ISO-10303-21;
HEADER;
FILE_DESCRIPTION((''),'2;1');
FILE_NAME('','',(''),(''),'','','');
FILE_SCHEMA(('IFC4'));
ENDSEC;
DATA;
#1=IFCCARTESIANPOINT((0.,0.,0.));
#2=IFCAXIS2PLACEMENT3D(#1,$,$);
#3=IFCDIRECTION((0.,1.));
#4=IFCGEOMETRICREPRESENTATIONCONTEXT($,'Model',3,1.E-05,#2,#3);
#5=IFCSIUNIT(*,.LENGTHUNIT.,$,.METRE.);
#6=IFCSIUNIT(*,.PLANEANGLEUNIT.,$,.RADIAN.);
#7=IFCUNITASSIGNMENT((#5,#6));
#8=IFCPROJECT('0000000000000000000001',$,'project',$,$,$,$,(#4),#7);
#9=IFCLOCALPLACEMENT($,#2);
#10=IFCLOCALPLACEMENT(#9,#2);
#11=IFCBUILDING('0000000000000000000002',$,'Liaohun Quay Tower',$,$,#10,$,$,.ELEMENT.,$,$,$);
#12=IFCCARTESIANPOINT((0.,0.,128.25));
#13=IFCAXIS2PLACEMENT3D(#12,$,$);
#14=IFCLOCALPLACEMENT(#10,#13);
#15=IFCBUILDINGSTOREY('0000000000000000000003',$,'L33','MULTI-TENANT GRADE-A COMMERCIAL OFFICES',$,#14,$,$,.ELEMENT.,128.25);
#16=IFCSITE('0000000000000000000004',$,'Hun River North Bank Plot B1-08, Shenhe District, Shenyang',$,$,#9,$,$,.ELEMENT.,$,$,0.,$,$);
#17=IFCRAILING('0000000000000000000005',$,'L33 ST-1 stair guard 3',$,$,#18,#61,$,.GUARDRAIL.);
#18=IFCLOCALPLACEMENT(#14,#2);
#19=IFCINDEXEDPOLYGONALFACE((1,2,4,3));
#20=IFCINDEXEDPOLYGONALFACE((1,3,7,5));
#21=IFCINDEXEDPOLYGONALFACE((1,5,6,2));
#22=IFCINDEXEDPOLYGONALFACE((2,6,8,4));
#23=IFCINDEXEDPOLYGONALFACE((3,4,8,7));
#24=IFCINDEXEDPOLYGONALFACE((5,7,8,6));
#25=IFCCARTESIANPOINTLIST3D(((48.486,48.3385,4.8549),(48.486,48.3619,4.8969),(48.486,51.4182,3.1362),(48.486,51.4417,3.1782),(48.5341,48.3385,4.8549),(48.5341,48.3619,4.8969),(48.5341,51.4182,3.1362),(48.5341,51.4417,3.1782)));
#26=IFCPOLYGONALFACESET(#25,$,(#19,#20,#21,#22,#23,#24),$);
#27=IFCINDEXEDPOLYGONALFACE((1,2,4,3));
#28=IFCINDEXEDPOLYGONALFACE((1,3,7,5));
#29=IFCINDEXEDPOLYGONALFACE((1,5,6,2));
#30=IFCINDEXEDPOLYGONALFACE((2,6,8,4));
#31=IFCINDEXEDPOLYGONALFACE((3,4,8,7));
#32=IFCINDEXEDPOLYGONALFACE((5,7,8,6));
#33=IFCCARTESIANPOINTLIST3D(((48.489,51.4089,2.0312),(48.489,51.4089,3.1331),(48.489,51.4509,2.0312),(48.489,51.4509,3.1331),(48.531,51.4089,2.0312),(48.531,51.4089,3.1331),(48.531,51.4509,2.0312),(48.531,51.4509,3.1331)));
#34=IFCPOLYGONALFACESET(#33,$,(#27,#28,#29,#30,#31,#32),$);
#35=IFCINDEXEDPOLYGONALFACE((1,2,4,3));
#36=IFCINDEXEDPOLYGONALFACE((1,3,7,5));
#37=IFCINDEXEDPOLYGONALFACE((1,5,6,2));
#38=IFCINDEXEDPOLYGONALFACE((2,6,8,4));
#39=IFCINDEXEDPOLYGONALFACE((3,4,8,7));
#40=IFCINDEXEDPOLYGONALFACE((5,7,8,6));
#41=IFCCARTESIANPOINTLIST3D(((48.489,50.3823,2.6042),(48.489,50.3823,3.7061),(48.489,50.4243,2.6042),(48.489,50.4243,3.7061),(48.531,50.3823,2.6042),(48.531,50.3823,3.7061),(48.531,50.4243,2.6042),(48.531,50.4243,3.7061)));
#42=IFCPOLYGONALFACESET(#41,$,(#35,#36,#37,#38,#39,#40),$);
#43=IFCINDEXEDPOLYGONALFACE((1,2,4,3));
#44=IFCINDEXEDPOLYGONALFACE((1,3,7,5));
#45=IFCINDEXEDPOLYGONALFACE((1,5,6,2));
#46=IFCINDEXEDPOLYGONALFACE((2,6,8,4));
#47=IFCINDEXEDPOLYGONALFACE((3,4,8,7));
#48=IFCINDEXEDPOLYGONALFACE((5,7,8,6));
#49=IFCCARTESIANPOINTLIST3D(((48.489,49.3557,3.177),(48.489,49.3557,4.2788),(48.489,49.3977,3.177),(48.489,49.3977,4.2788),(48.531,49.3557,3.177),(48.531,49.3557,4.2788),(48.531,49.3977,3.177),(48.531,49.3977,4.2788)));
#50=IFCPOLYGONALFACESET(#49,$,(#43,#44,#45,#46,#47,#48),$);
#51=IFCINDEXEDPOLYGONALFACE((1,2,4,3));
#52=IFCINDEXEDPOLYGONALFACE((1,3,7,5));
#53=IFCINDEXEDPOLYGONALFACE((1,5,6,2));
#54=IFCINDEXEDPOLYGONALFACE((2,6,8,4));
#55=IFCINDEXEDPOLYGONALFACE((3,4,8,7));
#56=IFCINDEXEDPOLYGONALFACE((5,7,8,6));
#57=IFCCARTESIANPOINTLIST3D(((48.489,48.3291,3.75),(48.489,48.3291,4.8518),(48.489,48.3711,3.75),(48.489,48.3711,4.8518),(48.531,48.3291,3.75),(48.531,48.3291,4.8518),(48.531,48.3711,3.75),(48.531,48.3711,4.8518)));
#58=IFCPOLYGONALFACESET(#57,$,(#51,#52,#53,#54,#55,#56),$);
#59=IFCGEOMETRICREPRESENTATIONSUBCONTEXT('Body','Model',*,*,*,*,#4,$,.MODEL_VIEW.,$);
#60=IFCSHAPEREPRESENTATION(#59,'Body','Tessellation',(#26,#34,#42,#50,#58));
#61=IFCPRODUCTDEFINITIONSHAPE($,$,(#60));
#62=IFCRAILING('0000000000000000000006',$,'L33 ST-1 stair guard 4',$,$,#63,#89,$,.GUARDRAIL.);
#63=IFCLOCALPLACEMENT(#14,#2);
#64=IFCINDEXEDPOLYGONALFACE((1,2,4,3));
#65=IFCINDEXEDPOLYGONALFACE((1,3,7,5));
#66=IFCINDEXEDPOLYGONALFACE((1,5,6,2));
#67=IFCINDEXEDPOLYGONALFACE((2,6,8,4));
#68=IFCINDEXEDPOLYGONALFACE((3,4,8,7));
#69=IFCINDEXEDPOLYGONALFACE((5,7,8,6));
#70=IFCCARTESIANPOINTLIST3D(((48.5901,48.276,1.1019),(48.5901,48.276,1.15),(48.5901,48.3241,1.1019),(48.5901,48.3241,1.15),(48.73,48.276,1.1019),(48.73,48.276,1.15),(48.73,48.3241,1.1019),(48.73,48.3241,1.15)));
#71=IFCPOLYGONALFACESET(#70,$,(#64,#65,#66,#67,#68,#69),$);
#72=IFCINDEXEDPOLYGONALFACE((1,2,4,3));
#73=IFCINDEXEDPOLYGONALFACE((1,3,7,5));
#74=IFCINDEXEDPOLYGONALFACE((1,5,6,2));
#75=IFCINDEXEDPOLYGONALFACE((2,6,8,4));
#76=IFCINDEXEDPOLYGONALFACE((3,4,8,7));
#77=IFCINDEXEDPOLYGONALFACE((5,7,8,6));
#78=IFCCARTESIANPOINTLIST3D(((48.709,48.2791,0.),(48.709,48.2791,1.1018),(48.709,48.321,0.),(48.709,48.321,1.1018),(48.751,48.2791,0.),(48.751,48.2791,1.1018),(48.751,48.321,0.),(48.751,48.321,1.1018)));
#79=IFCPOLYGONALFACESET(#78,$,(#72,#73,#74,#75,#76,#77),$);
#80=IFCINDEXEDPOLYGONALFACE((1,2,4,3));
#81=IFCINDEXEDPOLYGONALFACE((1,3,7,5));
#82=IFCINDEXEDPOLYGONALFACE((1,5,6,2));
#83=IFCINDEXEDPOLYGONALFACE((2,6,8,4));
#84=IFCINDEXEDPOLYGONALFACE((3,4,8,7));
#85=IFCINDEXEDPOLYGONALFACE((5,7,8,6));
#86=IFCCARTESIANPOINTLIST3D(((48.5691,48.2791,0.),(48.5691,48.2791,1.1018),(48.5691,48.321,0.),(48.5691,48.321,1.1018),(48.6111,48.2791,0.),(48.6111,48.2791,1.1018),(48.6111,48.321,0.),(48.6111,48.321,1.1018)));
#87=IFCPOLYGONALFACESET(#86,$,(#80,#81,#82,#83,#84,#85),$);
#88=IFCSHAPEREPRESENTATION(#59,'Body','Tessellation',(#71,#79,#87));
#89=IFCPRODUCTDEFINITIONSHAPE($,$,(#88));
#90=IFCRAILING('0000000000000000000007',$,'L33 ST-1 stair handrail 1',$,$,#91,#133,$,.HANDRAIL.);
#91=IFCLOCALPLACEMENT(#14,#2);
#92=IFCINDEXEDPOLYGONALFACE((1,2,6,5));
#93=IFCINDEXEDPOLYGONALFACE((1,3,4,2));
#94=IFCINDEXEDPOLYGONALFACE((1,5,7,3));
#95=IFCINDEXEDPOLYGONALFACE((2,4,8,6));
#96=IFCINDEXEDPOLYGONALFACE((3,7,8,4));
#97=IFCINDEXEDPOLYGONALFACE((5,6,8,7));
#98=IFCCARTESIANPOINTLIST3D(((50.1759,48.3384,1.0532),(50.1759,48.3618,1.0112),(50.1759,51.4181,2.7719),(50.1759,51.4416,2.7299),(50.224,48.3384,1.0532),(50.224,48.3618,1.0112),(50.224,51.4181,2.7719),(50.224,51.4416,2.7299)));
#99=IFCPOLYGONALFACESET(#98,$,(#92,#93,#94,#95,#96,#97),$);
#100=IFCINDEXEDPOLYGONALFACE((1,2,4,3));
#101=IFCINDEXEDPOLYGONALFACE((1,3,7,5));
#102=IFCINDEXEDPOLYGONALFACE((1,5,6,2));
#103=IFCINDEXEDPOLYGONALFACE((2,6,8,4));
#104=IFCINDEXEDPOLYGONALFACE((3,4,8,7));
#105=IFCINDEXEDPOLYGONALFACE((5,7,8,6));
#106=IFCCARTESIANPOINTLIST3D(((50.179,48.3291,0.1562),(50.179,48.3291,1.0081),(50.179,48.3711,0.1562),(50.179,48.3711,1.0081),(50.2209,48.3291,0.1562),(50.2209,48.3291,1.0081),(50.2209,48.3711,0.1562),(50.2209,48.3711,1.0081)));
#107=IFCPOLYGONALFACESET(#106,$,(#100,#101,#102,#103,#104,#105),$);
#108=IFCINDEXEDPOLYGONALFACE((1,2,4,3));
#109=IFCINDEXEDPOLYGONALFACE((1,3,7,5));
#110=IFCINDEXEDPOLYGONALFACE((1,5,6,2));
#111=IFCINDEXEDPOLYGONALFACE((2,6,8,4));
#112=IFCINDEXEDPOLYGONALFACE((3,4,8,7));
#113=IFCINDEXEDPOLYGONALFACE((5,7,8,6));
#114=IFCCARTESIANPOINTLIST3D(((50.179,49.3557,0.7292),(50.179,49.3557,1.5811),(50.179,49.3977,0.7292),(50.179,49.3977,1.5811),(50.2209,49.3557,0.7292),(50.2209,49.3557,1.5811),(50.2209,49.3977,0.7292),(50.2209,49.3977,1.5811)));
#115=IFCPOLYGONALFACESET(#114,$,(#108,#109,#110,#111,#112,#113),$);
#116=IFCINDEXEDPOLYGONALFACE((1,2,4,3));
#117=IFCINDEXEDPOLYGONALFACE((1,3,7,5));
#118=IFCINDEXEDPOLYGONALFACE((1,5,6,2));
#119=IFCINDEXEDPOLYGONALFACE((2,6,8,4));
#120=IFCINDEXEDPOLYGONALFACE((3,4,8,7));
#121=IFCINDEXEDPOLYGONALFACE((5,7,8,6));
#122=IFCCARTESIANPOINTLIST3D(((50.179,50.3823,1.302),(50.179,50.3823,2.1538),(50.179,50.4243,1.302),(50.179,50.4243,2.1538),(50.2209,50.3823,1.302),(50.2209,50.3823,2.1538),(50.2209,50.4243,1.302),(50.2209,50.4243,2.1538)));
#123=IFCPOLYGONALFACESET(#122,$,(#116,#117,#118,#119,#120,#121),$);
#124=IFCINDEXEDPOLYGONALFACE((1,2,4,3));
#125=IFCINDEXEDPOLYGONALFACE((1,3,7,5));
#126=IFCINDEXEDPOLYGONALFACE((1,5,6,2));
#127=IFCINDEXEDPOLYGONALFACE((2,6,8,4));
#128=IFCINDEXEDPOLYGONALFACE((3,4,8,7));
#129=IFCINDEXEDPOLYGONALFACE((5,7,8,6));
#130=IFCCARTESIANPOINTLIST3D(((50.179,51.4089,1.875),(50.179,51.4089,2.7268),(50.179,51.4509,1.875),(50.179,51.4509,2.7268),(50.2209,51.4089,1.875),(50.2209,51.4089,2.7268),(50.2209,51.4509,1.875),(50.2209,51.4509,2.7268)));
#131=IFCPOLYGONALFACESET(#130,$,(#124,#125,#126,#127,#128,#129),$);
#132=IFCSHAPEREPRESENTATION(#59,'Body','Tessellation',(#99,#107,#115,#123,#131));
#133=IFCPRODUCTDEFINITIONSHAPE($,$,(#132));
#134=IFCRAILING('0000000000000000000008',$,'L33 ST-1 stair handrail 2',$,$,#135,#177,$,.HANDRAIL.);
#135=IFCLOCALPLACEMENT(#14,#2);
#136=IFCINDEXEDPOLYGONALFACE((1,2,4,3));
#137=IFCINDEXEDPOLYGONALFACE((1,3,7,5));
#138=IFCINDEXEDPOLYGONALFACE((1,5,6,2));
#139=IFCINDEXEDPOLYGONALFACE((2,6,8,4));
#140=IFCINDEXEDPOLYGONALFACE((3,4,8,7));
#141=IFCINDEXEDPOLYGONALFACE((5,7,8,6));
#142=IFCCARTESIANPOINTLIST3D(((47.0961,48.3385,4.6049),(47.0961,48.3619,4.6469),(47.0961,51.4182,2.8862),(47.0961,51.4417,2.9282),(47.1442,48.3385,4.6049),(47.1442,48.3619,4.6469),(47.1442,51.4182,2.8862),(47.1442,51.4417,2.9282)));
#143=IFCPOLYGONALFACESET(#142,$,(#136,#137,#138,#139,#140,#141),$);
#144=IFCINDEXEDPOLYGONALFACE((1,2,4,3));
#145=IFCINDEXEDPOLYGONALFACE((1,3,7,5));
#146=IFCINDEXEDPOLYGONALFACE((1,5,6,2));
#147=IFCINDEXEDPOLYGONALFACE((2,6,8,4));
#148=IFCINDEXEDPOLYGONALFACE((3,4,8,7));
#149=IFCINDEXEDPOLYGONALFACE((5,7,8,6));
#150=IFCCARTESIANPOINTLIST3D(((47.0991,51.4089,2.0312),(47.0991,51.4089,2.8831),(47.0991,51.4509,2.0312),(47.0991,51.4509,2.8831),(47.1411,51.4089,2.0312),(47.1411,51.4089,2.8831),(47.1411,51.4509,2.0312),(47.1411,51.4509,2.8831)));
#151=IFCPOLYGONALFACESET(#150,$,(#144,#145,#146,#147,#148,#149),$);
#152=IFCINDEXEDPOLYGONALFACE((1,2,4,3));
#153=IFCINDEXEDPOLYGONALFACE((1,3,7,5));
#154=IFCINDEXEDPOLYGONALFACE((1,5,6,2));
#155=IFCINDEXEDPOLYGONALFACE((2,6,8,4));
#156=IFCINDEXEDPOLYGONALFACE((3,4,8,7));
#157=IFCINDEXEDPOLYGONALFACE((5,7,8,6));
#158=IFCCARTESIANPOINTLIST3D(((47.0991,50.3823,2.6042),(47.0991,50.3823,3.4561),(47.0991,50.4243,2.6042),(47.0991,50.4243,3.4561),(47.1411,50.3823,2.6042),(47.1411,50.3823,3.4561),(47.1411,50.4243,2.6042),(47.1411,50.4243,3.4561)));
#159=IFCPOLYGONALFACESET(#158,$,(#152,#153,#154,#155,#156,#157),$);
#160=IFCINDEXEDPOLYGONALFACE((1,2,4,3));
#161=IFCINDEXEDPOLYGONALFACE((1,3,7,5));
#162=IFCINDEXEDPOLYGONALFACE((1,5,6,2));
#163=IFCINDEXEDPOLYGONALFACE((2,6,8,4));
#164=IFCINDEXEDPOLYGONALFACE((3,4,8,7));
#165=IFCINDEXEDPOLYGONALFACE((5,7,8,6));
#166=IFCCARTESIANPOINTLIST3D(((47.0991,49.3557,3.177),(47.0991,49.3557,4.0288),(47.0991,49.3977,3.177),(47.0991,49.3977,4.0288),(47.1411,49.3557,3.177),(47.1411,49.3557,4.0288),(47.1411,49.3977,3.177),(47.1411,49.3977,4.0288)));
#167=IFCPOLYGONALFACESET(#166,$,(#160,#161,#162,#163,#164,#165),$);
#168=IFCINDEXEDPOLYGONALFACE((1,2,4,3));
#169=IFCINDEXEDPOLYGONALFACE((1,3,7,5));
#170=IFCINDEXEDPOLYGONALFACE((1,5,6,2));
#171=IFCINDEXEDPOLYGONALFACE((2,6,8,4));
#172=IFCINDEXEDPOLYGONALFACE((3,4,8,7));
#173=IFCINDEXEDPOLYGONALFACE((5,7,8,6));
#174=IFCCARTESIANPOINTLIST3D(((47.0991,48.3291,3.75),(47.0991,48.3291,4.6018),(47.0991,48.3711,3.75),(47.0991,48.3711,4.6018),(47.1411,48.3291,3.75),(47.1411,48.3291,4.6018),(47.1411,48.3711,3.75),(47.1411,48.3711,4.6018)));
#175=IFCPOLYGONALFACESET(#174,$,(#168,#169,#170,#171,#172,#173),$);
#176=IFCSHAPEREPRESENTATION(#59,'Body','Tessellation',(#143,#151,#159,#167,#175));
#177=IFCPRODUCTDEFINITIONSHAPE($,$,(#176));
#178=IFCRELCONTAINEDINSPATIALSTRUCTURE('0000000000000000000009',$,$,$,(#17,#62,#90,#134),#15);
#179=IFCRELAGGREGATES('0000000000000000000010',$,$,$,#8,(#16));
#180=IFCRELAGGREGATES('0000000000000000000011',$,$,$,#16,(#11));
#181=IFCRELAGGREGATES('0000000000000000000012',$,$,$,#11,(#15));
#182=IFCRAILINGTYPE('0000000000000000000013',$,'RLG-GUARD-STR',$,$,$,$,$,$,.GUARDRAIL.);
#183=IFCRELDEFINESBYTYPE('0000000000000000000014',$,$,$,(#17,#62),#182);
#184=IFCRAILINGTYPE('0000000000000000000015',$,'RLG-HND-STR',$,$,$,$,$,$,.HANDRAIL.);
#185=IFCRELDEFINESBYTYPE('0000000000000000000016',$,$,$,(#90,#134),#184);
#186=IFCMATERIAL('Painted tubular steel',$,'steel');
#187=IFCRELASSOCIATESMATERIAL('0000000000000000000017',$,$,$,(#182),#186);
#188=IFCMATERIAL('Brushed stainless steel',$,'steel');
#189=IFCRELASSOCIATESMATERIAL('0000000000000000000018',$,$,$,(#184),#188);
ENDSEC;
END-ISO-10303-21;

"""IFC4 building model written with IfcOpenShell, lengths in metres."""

from ifc_helpers import new_model, si_unit, direction, frame, origin, origin_2d, place, context, subcontext, project, spatial, rectangle, extrude, material, type_object, element, save


model = new_model("IFC4")

# Units and contexts
model_context = context("Model", 3, precision=1e-05, world=origin(), true_north=direction((0.0, 1.0)))
body_context = subcontext(model_context, "Body", "Model", "MODEL_VIEW")
ifc_project = project(units=[si_unit("LENGTHUNIT", "METRE"), si_unit("PLANEANGLEUNIT", "RADIAN")], contexts=[model_context])

# Site, building, storey
site_placement = place(None, origin())
site = spatial("IfcSite", under=ifc_project, at=site_placement, Name="Hun River North Bank Plot B1-08, Shenhe District, Shenyang", CompositionType="ELEMENT", RefElevation=0.0)
building_placement = place(site_placement, origin())
building = spatial("IfcBuilding", under=site, at=building_placement, Name="Liaohun Quay Tower", CompositionType="ELEMENT")
storey_placement = place(building_placement, frame((0.0, 0.0, 128.25)))
storey = spatial("IfcBuildingStorey", under=building, at=storey_placement, Name="L33", Description="MULTI-TENANT GRADE-A COMMERCIAL OFFICES", CompositionType="ELEMENT", Elevation=128.25)

# Railings
ifc_material_1 = material(Name="Painted tubular steel", Category="steel")
railing_type_1 = type_object("IfcRailingType", Name="RLG-GUARD-STR", PredefinedType="GUARDRAIL", material=ifc_material_1)
railing_1_placement = place(storey_placement, frame((48.51, 51.4299, 2.0312)))
element("IfcRailing", 1, at=railing_1_placement, inside=storey, type_object=railing_type_1, Name="L33 ST-1 stair guard 3", PredefinedType="GUARDRAIL", context=body_context, shape_type="SweptSolid", body=[
    extrude(rectangle(XDim=0.0481, YDim=0.0481, at=origin_2d()), frame((0.0, 0.0, 1.126), z_axis=(0.0, -0.873225, 0.487317), x_axis=(1.0, 0.0, 0.0)), (0.0, 0.0, 1.0), 3.5269),
    extrude(rectangle(XDim=0.042, YDim=0.042, at=origin_2d()), origin(), (0.0, 0.0, 1.0), 1.1018),
    extrude(rectangle(XDim=0.042, YDim=0.042, at=origin_2d()), frame((0.0, -1.0266, 0.573)), (0.0, 0.0, 1.0), 1.1018),
    extrude(rectangle(XDim=0.042, YDim=0.042, at=origin_2d()), frame((0.0, -2.0532, 1.1458)), (0.0, 0.0, 1.0), 1.1018),
    extrude(rectangle(XDim=0.042, YDim=0.042, at=origin_2d()), frame((0.0, -3.0798, 1.7188)), (0.0, 0.0, 1.0), 1.1018),
])
railing_2_placement = place(storey_placement, frame((48.73, 48.3, 0.0)))
element("IfcRailing", 2, at=railing_2_placement, inside=storey, type_object=railing_type_1, Name="L33 ST-1 stair guard 4", PredefinedType="GUARDRAIL", context=body_context, shape_type="SweptSolid", body=[
    extrude(rectangle(XDim=0.0481, YDim=0.0481, at=origin_2d()), frame((0.0, 0.0, 1.126), z_axis=(-1.0, 0.0, 0.0), x_axis=(0.0, -1.0, 0.0)), (0.0, 0.0, 1.0), 0.1399),
    extrude(rectangle(XDim=0.042, YDim=0.042, at=origin_2d()), origin(), (0.0, 0.0, 1.0), 1.1018),
    extrude(rectangle(XDim=0.042, YDim=0.042, at=origin_2d()), frame((-0.1399, 0.0, 0.0)), (0.0, 0.0, 1.0), 1.1018),
])
ifc_material_2 = material(Name="Brushed stainless steel", Category="steel")
railing_type_2 = type_object("IfcRailingType", Name="RLG-HND-STR", PredefinedType="HANDRAIL", material=ifc_material_2)
railing_3_placement = place(storey_placement, frame((50.2, 48.3501, 0.1562)))
element("IfcRailing", 3, at=railing_3_placement, inside=storey, type_object=railing_type_2, Name="L33 ST-1 stair handrail 1", PredefinedType="HANDRAIL", context=body_context, shape_type="SweptSolid", body=[
    extrude(rectangle(XDim=0.0481, YDim=0.0481, at=origin_2d()), frame((0.0, 0.0, 0.876), z_axis=(0.0, 0.873225, 0.487317), x_axis=(-1.0, 0.0, 0.0)), (0.0, 0.0, 1.0), 3.5269),
    extrude(rectangle(XDim=0.042, YDim=0.042, at=origin_2d()), origin(), (0.0, 0.0, 1.0), 0.8518),
    extrude(rectangle(XDim=0.042, YDim=0.042, at=origin_2d()), frame((0.0, 1.0266, 0.573)), (0.0, 0.0, 1.0), 0.8518),
    extrude(rectangle(XDim=0.042, YDim=0.042, at=origin_2d()), frame((0.0, 2.0532, 1.1458)), (0.0, 0.0, 1.0), 0.8518),
    extrude(rectangle(XDim=0.042, YDim=0.042, at=origin_2d()), frame((0.0, 3.0798, 1.7188)), (0.0, 0.0, 1.0), 0.8518),
])
railing_4_placement = place(storey_placement, frame((47.1201, 51.4299, 2.0312)))
element("IfcRailing", 4, at=railing_4_placement, inside=storey, type_object=railing_type_2, Name="L33 ST-1 stair handrail 2", PredefinedType="HANDRAIL", context=body_context, shape_type="SweptSolid", body=[
    extrude(rectangle(XDim=0.0481, YDim=0.0481, at=origin_2d()), frame((0.0, 0.0, 0.876), z_axis=(0.0, -0.873225, 0.487317), x_axis=(1.0, 0.0, 0.0)), (0.0, 0.0, 1.0), 3.5269),
    extrude(rectangle(XDim=0.042, YDim=0.042, at=origin_2d()), origin(), (0.0, 0.0, 1.0), 0.8518),
    extrude(rectangle(XDim=0.042, YDim=0.042, at=origin_2d()), frame((0.0, -1.0266, 0.573)), (0.0, 0.0, 1.0), 0.8518),
    extrude(rectangle(XDim=0.042, YDim=0.042, at=origin_2d()), frame((0.0, -2.0532, 1.1458)), (0.0, 0.0, 1.0), 0.8518),
    extrude(rectangle(XDim=0.042, YDim=0.042, at=origin_2d()), frame((0.0, -3.0798, 1.7188)), (0.0, 0.0, 1.0), 0.8518),
])

save(model, "model.ifc")
